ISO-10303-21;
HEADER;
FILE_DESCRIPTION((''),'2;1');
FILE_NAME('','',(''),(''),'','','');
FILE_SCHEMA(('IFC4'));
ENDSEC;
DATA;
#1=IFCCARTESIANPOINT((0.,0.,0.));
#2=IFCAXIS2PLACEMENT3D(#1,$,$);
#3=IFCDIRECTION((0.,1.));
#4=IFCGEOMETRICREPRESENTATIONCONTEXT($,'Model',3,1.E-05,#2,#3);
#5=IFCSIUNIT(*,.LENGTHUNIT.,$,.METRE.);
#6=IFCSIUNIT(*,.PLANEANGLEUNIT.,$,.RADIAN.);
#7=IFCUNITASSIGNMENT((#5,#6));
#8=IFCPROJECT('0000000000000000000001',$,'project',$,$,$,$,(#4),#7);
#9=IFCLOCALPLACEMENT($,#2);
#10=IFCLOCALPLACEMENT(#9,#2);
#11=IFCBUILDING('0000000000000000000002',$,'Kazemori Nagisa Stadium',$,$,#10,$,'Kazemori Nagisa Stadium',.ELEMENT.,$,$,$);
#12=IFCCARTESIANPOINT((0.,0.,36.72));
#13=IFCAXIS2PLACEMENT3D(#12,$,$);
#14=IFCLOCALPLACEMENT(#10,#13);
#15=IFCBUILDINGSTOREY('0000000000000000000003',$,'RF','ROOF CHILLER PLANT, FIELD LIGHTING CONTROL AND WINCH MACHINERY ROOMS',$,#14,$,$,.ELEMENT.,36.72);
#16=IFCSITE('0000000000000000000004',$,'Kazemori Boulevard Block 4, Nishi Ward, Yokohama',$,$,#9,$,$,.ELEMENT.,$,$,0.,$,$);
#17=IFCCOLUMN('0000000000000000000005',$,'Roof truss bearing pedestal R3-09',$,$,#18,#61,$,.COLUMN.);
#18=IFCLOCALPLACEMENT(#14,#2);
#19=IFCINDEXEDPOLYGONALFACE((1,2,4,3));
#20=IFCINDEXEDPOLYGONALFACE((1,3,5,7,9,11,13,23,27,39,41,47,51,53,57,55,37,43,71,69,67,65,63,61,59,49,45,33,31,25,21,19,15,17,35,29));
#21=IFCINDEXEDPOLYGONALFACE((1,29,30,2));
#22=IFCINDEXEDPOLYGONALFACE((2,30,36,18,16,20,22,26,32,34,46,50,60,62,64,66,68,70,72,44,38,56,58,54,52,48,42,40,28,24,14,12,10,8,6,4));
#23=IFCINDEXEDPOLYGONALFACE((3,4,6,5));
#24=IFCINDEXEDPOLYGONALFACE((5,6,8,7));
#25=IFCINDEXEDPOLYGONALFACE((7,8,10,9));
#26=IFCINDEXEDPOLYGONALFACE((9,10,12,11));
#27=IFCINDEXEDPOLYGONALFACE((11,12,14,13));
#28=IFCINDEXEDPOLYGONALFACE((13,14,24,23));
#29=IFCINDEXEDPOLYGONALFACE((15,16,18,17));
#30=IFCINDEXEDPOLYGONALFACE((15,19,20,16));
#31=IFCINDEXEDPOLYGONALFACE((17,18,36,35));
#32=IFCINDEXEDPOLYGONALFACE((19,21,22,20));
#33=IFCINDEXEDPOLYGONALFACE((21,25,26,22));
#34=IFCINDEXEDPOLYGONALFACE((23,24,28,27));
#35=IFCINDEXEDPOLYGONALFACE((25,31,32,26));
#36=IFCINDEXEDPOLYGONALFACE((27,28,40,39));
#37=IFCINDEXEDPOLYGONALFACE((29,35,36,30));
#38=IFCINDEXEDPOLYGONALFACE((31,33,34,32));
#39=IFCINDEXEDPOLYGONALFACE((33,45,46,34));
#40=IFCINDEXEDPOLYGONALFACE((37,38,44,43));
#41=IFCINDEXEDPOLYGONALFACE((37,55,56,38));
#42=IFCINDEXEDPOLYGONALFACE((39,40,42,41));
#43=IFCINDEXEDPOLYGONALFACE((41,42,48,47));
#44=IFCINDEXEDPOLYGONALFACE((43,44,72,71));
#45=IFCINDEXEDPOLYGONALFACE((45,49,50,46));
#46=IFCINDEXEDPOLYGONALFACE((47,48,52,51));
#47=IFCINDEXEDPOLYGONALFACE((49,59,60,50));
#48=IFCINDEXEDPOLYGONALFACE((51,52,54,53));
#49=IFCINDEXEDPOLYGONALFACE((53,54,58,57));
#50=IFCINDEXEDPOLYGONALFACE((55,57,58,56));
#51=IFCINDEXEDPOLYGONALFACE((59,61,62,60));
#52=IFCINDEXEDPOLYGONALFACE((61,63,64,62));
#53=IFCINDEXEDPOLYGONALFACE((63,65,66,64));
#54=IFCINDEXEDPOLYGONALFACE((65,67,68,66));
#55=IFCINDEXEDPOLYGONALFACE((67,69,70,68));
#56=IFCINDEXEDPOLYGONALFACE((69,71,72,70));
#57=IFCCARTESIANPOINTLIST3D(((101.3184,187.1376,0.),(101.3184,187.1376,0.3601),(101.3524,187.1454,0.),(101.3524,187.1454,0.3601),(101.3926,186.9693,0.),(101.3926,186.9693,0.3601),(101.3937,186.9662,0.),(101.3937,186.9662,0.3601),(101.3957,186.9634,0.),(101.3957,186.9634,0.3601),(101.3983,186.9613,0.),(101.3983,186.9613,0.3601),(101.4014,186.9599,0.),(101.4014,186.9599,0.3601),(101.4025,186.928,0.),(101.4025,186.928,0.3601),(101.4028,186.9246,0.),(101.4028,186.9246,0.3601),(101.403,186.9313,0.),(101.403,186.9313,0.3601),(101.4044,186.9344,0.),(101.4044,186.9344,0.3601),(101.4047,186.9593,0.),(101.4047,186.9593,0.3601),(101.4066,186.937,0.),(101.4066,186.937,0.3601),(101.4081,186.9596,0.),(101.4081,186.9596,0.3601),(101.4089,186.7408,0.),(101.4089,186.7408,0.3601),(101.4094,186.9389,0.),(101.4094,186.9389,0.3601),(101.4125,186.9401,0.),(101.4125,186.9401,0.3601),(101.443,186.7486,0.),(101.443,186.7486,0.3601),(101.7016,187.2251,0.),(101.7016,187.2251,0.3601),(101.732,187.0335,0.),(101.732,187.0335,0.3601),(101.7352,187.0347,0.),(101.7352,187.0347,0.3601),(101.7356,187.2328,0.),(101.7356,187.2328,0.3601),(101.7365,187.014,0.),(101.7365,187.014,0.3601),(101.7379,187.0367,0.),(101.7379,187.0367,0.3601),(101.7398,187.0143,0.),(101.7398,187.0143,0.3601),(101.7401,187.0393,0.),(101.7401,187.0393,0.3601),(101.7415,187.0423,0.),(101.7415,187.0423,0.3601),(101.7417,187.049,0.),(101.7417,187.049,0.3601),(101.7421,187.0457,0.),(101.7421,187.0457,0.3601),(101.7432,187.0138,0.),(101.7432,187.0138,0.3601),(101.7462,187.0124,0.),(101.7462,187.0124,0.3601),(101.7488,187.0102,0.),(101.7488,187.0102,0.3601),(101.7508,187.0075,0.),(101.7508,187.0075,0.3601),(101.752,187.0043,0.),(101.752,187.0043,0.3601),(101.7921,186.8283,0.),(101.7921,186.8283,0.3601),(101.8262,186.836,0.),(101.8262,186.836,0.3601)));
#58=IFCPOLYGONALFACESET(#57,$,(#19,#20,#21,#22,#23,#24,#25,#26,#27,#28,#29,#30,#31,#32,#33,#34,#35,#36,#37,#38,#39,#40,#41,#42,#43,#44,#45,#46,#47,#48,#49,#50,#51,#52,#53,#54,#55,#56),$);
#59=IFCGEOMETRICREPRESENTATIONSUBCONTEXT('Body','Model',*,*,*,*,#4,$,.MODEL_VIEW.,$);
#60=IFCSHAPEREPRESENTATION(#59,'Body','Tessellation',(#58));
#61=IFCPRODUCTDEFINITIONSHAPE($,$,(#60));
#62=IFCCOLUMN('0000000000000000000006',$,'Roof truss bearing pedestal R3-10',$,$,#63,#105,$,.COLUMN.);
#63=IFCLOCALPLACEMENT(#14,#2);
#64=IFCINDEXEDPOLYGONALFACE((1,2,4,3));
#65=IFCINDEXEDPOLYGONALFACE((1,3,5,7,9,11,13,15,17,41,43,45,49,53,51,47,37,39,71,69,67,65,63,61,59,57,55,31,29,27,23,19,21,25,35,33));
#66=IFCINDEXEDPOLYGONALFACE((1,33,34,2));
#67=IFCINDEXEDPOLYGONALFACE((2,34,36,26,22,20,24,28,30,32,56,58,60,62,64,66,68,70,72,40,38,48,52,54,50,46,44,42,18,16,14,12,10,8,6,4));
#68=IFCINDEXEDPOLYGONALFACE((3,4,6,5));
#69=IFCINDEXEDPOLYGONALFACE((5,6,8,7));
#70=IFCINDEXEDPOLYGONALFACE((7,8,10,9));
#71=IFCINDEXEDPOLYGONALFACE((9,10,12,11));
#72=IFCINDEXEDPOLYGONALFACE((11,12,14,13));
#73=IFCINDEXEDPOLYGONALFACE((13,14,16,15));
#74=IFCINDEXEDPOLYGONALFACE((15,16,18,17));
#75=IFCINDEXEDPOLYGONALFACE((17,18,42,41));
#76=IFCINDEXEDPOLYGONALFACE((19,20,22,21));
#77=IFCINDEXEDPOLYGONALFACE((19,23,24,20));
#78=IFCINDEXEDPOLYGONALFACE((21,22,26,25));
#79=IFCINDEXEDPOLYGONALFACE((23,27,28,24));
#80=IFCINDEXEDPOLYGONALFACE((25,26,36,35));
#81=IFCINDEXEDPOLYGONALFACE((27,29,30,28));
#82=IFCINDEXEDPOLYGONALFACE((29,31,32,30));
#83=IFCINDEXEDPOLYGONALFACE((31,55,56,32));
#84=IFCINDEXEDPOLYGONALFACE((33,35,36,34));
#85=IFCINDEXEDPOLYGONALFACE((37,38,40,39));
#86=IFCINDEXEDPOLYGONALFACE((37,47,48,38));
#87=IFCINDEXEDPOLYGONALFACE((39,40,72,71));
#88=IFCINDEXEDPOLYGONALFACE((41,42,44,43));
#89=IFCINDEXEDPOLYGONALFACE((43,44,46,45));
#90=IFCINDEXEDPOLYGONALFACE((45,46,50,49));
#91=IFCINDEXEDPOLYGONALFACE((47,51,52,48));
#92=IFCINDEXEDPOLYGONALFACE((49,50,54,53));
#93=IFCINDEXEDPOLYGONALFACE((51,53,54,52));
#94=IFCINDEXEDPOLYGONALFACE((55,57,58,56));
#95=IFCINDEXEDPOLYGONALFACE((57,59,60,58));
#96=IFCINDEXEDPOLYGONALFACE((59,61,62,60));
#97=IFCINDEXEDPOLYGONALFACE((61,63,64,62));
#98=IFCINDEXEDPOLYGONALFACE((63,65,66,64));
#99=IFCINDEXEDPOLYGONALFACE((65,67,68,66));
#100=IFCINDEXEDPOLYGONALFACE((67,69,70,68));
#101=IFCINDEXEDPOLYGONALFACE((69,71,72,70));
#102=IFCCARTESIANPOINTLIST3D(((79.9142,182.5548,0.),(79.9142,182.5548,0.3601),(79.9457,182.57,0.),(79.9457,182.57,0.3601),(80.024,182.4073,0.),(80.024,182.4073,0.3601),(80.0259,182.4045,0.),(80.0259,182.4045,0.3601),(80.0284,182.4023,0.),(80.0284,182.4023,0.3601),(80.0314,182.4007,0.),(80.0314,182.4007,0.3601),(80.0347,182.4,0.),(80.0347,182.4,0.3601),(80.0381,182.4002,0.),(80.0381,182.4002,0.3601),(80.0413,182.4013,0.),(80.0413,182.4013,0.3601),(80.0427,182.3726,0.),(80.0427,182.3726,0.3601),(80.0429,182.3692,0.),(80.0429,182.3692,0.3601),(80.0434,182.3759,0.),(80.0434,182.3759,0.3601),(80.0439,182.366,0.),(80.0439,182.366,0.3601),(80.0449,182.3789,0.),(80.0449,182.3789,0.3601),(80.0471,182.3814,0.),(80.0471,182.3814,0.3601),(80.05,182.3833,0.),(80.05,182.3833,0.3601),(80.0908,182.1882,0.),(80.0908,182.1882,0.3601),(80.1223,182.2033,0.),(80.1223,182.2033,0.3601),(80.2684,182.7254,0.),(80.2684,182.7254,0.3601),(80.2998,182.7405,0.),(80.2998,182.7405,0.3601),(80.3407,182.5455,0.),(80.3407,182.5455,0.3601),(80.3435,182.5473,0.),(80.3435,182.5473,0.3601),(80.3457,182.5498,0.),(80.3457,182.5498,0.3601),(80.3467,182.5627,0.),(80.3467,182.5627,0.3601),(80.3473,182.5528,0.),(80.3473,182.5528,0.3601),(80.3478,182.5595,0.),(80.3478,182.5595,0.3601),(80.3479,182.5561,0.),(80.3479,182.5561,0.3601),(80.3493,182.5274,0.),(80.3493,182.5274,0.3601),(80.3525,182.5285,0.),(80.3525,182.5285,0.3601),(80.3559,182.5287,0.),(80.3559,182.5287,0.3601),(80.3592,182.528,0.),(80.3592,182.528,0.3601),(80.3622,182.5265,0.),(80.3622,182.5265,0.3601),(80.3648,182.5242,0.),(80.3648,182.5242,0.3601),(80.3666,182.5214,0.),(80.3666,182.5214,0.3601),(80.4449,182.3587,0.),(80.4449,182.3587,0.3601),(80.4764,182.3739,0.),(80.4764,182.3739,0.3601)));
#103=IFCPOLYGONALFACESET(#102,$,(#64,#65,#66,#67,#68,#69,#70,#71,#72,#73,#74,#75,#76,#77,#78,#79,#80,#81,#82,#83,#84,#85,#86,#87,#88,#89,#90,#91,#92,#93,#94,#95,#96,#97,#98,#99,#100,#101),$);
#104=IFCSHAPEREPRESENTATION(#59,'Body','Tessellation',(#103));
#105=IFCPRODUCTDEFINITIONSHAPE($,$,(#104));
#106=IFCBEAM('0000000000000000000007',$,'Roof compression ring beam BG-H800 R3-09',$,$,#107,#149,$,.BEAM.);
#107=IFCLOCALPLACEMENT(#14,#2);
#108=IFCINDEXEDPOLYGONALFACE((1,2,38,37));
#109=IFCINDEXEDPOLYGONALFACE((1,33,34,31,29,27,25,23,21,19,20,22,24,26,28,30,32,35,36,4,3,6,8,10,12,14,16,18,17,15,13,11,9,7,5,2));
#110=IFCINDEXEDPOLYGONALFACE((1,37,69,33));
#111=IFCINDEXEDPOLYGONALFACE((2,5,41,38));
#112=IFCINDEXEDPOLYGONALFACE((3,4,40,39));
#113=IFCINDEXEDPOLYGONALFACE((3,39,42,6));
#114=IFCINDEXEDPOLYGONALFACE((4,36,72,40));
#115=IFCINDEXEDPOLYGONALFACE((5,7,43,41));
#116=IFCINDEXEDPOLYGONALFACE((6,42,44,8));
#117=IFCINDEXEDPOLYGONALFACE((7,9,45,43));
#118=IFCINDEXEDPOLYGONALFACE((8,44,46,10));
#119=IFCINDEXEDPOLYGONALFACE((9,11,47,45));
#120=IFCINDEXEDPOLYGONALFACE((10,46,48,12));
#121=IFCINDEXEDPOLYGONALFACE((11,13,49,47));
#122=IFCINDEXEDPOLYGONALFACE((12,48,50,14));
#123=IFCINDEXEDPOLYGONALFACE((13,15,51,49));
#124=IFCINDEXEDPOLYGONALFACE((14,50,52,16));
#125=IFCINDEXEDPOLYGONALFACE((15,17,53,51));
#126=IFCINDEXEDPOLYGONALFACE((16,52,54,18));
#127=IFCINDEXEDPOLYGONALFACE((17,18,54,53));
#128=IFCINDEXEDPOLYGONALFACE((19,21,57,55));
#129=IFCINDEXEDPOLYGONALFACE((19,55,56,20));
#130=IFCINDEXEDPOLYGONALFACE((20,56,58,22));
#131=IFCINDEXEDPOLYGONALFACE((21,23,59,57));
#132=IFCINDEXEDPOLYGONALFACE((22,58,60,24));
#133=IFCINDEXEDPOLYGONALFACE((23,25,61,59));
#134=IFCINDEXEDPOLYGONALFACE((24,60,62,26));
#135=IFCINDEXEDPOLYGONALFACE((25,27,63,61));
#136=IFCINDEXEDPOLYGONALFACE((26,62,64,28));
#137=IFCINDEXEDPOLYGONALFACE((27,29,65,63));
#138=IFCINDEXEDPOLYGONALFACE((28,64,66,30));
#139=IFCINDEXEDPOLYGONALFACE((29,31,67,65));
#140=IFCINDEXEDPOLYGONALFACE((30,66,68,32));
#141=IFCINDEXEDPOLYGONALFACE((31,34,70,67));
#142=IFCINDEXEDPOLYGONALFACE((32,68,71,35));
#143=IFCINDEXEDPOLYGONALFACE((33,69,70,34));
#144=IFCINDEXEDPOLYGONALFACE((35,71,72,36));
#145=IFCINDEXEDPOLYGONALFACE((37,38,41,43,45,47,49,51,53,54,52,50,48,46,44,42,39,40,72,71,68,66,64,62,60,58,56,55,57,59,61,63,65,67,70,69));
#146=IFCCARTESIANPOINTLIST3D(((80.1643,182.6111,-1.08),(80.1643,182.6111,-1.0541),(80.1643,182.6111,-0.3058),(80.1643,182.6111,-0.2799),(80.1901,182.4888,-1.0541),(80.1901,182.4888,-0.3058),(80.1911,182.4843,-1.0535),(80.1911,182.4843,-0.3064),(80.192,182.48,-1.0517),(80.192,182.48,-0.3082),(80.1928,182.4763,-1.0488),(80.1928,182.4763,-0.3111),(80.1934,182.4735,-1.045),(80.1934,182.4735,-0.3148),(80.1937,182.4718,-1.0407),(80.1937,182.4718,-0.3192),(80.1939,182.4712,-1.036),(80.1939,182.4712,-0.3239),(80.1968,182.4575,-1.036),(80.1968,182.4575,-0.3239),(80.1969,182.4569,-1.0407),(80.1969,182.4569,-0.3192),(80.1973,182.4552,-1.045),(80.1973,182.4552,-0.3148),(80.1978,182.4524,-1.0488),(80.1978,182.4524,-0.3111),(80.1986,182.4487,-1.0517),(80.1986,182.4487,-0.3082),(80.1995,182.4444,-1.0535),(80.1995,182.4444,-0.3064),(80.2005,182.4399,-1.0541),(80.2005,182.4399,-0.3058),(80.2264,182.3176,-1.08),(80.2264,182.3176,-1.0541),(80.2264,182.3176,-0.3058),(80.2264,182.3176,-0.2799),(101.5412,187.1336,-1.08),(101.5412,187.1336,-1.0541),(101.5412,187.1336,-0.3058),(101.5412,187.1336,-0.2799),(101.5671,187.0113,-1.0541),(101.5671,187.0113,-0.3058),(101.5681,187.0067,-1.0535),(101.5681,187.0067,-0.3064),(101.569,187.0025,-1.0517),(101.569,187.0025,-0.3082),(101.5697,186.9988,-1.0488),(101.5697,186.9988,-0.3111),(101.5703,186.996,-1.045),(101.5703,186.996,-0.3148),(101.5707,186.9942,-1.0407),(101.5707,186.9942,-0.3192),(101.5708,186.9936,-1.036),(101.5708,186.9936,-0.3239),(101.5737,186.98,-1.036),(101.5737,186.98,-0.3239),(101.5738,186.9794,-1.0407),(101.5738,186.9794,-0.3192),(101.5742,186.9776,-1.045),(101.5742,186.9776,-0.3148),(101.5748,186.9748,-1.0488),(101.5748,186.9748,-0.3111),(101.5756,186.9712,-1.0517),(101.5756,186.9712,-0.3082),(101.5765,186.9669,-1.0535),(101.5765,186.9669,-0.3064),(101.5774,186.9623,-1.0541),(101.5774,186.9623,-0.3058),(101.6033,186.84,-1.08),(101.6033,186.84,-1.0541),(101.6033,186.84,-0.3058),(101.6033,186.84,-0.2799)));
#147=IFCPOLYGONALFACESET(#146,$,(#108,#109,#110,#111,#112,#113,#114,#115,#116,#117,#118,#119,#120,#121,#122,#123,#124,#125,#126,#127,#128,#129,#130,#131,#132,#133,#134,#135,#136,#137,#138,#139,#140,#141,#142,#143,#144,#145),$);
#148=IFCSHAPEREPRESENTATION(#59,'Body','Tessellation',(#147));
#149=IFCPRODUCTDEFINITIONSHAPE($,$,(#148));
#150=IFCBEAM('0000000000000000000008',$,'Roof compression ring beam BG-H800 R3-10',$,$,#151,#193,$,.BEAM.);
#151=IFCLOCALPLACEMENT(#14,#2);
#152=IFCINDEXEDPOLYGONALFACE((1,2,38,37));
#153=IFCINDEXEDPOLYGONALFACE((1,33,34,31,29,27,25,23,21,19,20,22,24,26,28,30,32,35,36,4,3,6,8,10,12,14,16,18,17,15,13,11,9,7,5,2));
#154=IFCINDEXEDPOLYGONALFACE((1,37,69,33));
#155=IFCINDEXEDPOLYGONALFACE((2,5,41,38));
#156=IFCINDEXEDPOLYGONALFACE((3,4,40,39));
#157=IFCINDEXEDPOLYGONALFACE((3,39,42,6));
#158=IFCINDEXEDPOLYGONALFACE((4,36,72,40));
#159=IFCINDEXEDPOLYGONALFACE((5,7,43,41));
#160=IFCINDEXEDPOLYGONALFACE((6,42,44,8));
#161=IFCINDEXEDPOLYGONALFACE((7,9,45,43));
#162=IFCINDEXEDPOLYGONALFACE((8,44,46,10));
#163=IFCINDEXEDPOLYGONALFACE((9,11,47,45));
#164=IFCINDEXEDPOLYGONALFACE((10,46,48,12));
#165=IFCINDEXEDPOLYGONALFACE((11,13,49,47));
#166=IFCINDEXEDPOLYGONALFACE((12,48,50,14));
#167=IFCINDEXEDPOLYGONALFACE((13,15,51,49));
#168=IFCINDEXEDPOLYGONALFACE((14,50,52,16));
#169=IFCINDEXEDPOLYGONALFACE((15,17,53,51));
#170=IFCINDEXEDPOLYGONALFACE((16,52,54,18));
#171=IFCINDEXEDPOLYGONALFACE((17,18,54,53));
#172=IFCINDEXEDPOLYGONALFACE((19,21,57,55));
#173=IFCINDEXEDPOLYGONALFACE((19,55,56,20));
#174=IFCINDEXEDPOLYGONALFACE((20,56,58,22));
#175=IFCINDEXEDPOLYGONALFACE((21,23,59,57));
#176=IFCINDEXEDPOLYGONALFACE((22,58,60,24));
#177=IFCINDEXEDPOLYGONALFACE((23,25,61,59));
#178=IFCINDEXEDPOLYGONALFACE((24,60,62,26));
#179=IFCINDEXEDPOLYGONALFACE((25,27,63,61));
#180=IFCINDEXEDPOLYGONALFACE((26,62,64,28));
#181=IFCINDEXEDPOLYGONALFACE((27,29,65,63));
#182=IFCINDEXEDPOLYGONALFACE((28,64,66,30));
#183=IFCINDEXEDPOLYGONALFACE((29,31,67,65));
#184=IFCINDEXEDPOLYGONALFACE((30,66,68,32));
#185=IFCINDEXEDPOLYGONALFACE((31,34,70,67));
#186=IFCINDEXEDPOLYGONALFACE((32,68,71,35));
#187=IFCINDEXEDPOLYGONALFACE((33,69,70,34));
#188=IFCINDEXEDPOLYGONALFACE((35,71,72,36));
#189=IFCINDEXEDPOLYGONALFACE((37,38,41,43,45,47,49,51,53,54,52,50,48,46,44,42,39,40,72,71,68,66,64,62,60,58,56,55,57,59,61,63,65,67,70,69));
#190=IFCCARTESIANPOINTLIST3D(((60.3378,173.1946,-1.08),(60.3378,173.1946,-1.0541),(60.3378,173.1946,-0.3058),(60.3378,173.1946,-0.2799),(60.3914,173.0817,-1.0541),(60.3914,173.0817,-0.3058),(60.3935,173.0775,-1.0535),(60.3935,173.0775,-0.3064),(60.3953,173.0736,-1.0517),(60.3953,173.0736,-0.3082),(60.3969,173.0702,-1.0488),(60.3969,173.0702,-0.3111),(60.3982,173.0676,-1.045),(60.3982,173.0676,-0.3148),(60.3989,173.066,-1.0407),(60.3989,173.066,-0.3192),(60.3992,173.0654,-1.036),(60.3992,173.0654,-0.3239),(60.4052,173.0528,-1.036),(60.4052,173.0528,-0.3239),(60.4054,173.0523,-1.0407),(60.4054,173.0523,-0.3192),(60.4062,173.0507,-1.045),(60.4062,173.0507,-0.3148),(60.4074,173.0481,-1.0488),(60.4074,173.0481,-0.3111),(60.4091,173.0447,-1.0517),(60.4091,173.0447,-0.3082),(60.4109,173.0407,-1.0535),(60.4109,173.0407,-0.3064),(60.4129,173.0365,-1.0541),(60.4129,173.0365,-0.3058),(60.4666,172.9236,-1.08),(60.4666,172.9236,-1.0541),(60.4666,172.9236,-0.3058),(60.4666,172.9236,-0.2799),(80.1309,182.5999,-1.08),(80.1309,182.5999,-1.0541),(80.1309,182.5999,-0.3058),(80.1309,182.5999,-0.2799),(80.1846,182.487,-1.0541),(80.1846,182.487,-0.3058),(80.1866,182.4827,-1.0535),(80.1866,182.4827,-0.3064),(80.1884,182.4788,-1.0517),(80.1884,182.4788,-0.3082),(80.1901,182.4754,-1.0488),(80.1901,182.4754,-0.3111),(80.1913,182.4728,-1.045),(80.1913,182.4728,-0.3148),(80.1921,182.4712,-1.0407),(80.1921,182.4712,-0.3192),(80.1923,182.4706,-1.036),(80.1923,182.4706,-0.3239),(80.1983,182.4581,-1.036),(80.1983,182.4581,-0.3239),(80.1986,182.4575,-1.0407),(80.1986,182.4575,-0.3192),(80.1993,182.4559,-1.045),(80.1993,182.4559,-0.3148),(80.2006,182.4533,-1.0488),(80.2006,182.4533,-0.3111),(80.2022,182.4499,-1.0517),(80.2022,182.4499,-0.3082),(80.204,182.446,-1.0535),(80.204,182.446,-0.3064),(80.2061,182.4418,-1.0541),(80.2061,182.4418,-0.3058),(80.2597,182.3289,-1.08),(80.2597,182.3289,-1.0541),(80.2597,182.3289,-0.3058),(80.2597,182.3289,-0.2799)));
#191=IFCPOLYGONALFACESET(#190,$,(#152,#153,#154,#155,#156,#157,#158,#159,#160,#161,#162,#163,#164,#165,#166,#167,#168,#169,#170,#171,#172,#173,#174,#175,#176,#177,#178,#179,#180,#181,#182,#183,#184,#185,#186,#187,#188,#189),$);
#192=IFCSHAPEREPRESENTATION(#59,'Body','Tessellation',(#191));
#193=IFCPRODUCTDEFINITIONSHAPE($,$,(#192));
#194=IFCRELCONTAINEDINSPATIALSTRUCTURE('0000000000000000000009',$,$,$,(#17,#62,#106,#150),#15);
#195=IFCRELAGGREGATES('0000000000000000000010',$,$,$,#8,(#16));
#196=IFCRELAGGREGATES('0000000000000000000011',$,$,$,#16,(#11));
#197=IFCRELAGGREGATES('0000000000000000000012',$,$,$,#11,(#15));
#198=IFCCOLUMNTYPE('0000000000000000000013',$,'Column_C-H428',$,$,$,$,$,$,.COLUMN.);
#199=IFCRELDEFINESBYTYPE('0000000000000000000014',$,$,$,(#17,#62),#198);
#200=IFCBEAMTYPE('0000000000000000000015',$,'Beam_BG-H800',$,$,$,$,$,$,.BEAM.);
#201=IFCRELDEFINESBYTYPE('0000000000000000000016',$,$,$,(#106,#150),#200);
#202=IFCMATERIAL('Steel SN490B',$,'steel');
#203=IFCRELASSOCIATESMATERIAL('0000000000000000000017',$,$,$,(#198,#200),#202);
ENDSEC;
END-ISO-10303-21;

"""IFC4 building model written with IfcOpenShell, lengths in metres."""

from ifc_helpers import new_model, si_unit, direction, frame, origin, origin_2d, place, context, subcontext, project, spatial, i_section, extrude, material, material_profile, profile_set, type_object, element, save


model = new_model("IFC4")

# Units and contexts
model_context = context("Model", 3, precision=1e-05, world=origin(), true_north=direction((0.0, 1.0)))
body_context = subcontext(model_context, "Body", "Model", "MODEL_VIEW")
ifc_project = project(units=[si_unit("LENGTHUNIT", "METRE"), si_unit("PLANEANGLEUNIT", "RADIAN")], contexts=[model_context])

# Site, building, storey
site_placement = place(None, origin())
site = spatial("IfcSite", under=ifc_project, at=site_placement, Name="Kazemori Boulevard Block 4, Nishi Ward, Yokohama", CompositionType="ELEMENT", RefElevation=0.0)
building_placement = place(site_placement, origin())
building = spatial("IfcBuilding", under=site, at=building_placement, Name="Kazemori Nagisa Stadium", LongName="Kazemori Nagisa Stadium", CompositionType="ELEMENT")
storey_placement = place(building_placement, frame((0.0, 0.0, 36.72)))
storey = spatial("IfcBuildingStorey", under=building, at=storey_placement, Name="RF", Description="ROOF CHILLER PLANT, FIELD LIGHTING CONTROL AND WINCH MACHINERY ROOMS", CompositionType="ELEMENT", Elevation=36.72)

# Columns
ifc_material_1 = material(Name="Steel SN490B", Category="steel")
ifc_material_profile_1 = material_profile(ifc_material_1, i_section(OverallWidth=0.407, OverallDepth=0.428, WebThickness=0.02, FlangeThickness=0.0349, FilletRadius=0.0129, at=origin_2d()), Name="H-428x407x20x35")
ifc_profile_set_1 = profile_set([ifc_material_profile_1], Name="Steel SN490B")
column_type = type_object("IfcColumnType", Name="Column_C-H428", PredefinedType="COLUMN", material=ifc_profile_set_1)
for number, where, z_axis, x_axis, name in (
    (1, (101.5723, 186.9868, 0.0), (0.0, 0.0, 1.0), (-0.222521, 0.974928, 0.0), "Roof truss bearing pedestal R3-09"),
    (2, (80.1953, 182.4644, 0.0), (0.0, 0.0, 1.0), (-0.433884, 0.900969, 0.0), "Roof truss bearing pedestal R3-10"),
):
    element("IfcColumn", number, at=place(storey_placement, frame(where, z_axis=z_axis, x_axis=x_axis)), inside=storey, type_object=column_type, Name=name, PredefinedType="COLUMN", context=body_context, shape_type="SweptSolid", body=[
        extrude(i_section(OverallWidth=0.407, OverallDepth=0.428, WebThickness=0.02, FlangeThickness=0.0349, FilletRadius=0.0129, at=origin_2d()), origin(), (0.0, 0.0, 1.0), 0.3601),
    ])

# Beams
ifc_material_profile_2 = material_profile(ifc_material_1, i_section(OverallWidth=0.3, OverallDepth=0.8, WebThickness=0.0139, FlangeThickness=0.0259, FilletRadius=0.0181, at=origin_2d()), Name="H-800x300x14x26")
ifc_profile_set_2 = profile_set([ifc_material_profile_2], Name="Steel SN490B")
beam_type_1 = type_object("IfcBeamType", Name="Beam_BG-H800", PredefinedType="BEAM", material=ifc_profile_set_2)
beam_1_placement = place(storey_placement, frame((101.5723, 186.9868, -0.6799), z_axis=(-0.978346, -0.206977, 0.0), x_axis=(0.206977, -0.978346, 0.0)))
element("IfcBeam", 3, at=beam_1_placement, inside=storey, type_object=beam_type_1, Name="Roof compression ring beam BG-H800 R3-09", PredefinedType="BEAM", context=body_context, shape_type="SweptSolid", body=[
    extrude(i_section(OverallWidth=0.3, OverallDepth=0.8, WebThickness=0.0139, FlangeThickness=0.0259, FilletRadius=0.0181, at=origin_2d()), origin(), (0.0, 0.0, 1.0), 21.8501),
])
beam_2_placement = place(storey_placement, frame((80.1953, 182.4644, -0.6799), z_axis=(-0.903216, -0.429187, 0.0), x_axis=(0.429187, -0.903216, 0.0)))
element("IfcBeam", 4, at=beam_2_placement, inside=storey, type_object=beam_type_1, Name="Roof compression ring beam BG-H800 R3-10", PredefinedType="BEAM", context=body_context, shape_type="SweptSolid", body=[
    extrude(i_section(OverallWidth=0.3, OverallDepth=0.8, WebThickness=0.0139, FlangeThickness=0.0259, FilletRadius=0.0181, at=origin_2d()), origin(), (0.0, 0.0, 1.0), 21.9141),
])

save(model, "model.ifc")
